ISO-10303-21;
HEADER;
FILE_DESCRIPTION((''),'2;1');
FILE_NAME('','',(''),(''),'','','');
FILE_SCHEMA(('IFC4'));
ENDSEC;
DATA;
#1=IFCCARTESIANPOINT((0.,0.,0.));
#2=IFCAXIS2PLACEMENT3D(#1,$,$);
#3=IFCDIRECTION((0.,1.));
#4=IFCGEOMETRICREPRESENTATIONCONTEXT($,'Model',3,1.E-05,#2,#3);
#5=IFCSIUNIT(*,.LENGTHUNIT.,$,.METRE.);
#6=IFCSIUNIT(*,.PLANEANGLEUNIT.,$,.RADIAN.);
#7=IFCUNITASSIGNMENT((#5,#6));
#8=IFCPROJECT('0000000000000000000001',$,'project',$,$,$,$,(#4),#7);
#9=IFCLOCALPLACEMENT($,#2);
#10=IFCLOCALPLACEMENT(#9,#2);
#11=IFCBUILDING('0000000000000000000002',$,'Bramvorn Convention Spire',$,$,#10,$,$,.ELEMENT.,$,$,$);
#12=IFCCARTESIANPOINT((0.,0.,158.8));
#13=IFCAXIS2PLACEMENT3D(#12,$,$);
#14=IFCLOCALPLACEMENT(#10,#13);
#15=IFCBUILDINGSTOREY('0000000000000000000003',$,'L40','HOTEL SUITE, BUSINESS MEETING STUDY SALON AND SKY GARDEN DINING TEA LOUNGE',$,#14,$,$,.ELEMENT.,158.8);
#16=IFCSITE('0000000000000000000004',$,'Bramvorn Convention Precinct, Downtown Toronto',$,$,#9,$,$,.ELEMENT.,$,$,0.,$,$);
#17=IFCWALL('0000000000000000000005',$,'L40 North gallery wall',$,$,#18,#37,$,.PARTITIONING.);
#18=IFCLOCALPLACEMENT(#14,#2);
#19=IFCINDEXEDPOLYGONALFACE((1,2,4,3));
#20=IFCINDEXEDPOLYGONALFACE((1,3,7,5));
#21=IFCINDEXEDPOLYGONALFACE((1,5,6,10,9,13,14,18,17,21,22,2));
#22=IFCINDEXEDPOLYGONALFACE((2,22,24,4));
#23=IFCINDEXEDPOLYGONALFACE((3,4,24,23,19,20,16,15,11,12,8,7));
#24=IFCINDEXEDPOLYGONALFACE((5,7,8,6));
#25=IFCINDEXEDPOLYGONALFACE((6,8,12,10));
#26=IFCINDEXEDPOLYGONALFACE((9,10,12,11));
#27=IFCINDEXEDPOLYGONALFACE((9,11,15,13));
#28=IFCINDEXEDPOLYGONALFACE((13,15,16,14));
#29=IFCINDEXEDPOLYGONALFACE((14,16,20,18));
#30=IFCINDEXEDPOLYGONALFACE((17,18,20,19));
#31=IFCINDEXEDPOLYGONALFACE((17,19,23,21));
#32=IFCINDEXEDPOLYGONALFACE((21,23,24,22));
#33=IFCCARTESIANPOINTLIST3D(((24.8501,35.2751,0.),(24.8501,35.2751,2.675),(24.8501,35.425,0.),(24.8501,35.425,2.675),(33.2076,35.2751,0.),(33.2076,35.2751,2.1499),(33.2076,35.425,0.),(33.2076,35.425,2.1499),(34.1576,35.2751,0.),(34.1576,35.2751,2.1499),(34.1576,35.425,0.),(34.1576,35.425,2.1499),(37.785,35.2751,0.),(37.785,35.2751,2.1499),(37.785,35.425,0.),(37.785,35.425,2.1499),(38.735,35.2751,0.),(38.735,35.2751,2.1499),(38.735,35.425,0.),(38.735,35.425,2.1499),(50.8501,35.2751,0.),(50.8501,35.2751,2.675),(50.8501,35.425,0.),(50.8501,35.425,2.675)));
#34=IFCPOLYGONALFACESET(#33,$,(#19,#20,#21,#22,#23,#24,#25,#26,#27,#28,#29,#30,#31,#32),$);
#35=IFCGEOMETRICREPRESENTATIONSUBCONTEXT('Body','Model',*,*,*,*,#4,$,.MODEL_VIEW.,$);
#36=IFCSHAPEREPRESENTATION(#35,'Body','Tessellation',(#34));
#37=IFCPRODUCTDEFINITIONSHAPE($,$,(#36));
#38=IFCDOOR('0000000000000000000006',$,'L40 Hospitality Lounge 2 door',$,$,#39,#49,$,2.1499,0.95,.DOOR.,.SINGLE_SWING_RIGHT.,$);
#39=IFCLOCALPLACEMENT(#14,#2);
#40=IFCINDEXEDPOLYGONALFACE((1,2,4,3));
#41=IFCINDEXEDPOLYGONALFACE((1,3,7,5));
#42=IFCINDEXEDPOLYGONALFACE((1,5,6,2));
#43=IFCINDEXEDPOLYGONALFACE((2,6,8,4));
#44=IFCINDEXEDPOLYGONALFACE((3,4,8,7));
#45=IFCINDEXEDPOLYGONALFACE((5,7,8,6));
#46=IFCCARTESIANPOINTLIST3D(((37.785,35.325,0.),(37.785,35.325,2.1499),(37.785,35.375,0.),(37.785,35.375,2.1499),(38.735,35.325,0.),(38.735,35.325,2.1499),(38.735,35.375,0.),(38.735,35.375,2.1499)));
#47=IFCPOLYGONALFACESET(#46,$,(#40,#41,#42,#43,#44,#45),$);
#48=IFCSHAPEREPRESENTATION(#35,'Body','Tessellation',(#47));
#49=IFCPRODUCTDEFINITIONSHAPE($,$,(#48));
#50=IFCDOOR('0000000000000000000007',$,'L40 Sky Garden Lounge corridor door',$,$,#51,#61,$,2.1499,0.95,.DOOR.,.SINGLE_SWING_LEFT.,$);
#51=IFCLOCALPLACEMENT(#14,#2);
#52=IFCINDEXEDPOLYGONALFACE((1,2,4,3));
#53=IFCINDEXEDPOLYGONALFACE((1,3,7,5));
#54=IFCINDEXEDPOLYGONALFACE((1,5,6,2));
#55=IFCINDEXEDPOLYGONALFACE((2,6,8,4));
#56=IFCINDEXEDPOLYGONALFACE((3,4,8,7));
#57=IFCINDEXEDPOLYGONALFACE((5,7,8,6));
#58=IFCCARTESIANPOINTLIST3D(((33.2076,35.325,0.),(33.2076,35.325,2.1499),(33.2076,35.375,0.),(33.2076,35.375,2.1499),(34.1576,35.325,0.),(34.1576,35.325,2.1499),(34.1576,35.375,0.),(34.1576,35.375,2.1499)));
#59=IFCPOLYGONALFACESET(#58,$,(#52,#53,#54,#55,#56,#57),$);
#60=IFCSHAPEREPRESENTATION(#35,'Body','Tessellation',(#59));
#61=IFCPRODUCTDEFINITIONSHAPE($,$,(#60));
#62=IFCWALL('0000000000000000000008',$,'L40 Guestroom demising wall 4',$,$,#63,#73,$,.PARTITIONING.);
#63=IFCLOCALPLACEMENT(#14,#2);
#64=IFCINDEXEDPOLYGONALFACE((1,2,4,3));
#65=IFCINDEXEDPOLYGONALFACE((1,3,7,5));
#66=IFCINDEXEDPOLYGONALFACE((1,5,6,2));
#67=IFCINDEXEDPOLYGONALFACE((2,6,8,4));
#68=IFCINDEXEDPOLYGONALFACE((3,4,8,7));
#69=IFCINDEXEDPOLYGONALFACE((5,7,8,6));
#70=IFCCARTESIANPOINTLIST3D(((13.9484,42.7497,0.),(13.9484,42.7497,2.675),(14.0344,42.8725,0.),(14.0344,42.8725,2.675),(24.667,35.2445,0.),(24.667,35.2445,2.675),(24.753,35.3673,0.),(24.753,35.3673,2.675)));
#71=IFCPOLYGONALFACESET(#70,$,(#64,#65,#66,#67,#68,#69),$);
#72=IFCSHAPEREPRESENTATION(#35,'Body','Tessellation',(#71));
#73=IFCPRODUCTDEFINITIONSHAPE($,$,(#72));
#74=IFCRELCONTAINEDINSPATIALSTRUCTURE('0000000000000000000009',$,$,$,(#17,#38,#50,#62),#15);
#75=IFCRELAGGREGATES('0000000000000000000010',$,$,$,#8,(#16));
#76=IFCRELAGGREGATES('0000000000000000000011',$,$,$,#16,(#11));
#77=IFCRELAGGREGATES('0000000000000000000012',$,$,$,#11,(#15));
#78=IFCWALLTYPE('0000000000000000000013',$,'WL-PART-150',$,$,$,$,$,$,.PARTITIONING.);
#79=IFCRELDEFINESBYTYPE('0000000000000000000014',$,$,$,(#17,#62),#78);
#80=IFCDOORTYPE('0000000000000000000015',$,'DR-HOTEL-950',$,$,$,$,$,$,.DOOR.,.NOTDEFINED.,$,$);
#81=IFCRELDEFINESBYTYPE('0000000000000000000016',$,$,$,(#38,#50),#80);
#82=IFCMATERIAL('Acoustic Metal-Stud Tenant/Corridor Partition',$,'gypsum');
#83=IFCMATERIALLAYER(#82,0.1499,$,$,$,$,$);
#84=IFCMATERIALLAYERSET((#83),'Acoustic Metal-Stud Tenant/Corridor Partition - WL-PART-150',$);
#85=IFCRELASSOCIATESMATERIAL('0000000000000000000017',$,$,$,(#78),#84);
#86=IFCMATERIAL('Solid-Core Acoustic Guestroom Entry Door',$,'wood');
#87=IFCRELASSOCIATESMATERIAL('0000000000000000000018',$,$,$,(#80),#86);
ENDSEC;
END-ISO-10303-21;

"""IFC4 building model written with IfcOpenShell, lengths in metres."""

from ifc_helpers import new_model, si_unit, direction, frame, frame_2d, origin, place, context, subcontext, project, spatial, rectangle, extrude, material, layer, layer_set, type_object, element, fill, save


model = new_model("IFC4")

# Units and contexts
model_context = context("Model", 3, precision=1e-05, world=origin(), true_north=direction((0.0, 1.0)))
body_context = subcontext(model_context, "Body", "Model", "MODEL_VIEW")
ifc_project = project(units=[si_unit("LENGTHUNIT", "METRE"), si_unit("PLANEANGLEUNIT", "RADIAN")], contexts=[model_context])

# Site, building, storey
site_placement = place(None, origin())
site = spatial("IfcSite", under=ifc_project, at=site_placement, Name="Bramvorn Convention Precinct, Downtown Toronto", CompositionType="ELEMENT", RefElevation=0.0)
building_placement = place(site_placement, origin())
building = spatial("IfcBuilding", under=site, at=building_placement, Name="Bramvorn Convention Spire", CompositionType="ELEMENT")
storey_placement = place(building_placement, frame((0.0, 0.0, 158.8)))
storey = spatial("IfcBuildingStorey", under=building, at=storey_placement, Name="L40", Description="HOTEL SUITE, BUSINESS MEETING STUDY SALON AND SKY GARDEN DINING TEA LOUNGE", CompositionType="ELEMENT", Elevation=158.8)

# Wall, openings, doors
ifc_material_1 = material(Name="Acoustic Metal-Stud Tenant/Corridor Partition", Category="gypsum")
ifc_layer_1 = layer(ifc_material_1, 0.1499)
ifc_layer_set_1 = layer_set([ifc_layer_1], Name="Acoustic Metal-Stud Tenant/Corridor Partition - WL-PART-150")
wall_type_1 = type_object("IfcWallType", Name="WL-PART-150", PredefinedType="PARTITIONING", material=ifc_layer_set_1)
wall_1_placement = place(storey_placement, frame((24.8501, 35.3501, 0.0), z_axis=(0.0, 0.0, 1.0), x_axis=(1.0, 0.0, 0.0)))
wall_1 = element("IfcWall", 1, at=wall_1_placement, inside=storey, type_object=wall_type_1, Name="L40 North gallery wall", PredefinedType="PARTITIONING", context=body_context, shape_type="SweptSolid", body=[
    extrude(rectangle(XDim=26.0, YDim=0.1499, at=frame_2d((13.0, 0.0))), origin(), (0.0, 0.0, 1.0), 2.675),
])
opening_1_placement = place(wall_1_placement, frame((12.9348, 0.0, 0.0)))
opening_1 = element("IfcOpeningElement", 2, at=opening_1_placement, cuts=wall_1, PredefinedType="OPENING", context=body_context, shape_type="SweptSolid", body=[
    extrude(rectangle(XDim=0.95, YDim=2.1499, at=frame_2d((0.4751, 1.075))), frame((0.0, 0.085, 0.0), z_axis=(0.0, -1.0, 0.0), x_axis=(1.0, 0.0, 0.0)), (0.0, 0.0, 1.0), 0.1699),
])
opening_2_placement = place(wall_1_placement, frame((8.3574, 0.0, 0.0)))
opening_2 = element("IfcOpeningElement", 3, at=opening_2_placement, cuts=wall_1, PredefinedType="OPENING", context=body_context, shape_type="SweptSolid", body=[
    extrude(rectangle(XDim=0.95, YDim=2.1499, at=frame_2d((0.4751, 1.075))), frame((0.0, 0.085, 0.0), z_axis=(0.0, -1.0, 0.0), x_axis=(1.0, 0.0, 0.0)), (0.0, 0.0, 1.0), 0.1699),
])
ifc_material_2 = material(Name="Solid-Core Acoustic Guestroom Entry Door", Category="wood")
door_type = type_object("IfcDoorType", Name="DR-HOTEL-950", OperationType="NOTDEFINED", PredefinedType="DOOR", material=ifc_material_2)
door_1_placement = place(opening_1_placement, origin())
door_1 = element("IfcDoor", 4, at=door_1_placement, inside=storey, type_object=door_type, Name="L40 Hospitality Lounge 2 door", OperationType="SINGLE_SWING_RIGHT", OverallHeight=2.1499, OverallWidth=0.95, PredefinedType="DOOR", context=body_context, shape_type="SweptSolid", body=[
    extrude(rectangle(XDim=0.95, YDim=2.1499, at=frame_2d((0.4751, 1.075))), frame((0.0, 0.0249, 0.0), z_axis=(0.0, -1.0, 0.0), x_axis=(1.0, 0.0, 0.0)), (0.0, 0.0, 1.0), 0.05),
])
fill(opening_1, door_1)
door_2_placement = place(opening_2_placement, origin())
door_2 = element("IfcDoor", 5, at=door_2_placement, inside=storey, type_object=door_type, Name="L40 Sky Garden Lounge corridor door", OperationType="SINGLE_SWING_LEFT", OverallHeight=2.1499, OverallWidth=0.95, PredefinedType="DOOR", context=body_context, shape_type="SweptSolid", body=[
    extrude(rectangle(XDim=0.95, YDim=2.1499, at=frame_2d((0.4751, 1.075))), frame((0.0, 0.0249, 0.0), z_axis=(0.0, -1.0, 0.0), x_axis=(1.0, 0.0, 0.0)), (0.0, 0.0, 1.0), 0.05),
])
fill(opening_2, door_2)

# Wall
wall_2_placement = place(storey_placement, frame((24.71, 35.3059, 0.0), z_axis=(0.0, 0.0, 1.0), x_axis=(-0.819154, 0.573574, 0.0)))
element("IfcWall", 6, at=wall_2_placement, inside=storey, type_object=wall_type_1, Name="L40 Guestroom demising wall 4", PredefinedType="PARTITIONING", context=body_context, shape_type="SweptSolid", body=[
    extrude(rectangle(XDim=13.085, YDim=0.1499, at=frame_2d((6.5425, 0.0))), origin(), (0.0, 0.0, 1.0), 2.675),
])

save(model, "model.ifc")
